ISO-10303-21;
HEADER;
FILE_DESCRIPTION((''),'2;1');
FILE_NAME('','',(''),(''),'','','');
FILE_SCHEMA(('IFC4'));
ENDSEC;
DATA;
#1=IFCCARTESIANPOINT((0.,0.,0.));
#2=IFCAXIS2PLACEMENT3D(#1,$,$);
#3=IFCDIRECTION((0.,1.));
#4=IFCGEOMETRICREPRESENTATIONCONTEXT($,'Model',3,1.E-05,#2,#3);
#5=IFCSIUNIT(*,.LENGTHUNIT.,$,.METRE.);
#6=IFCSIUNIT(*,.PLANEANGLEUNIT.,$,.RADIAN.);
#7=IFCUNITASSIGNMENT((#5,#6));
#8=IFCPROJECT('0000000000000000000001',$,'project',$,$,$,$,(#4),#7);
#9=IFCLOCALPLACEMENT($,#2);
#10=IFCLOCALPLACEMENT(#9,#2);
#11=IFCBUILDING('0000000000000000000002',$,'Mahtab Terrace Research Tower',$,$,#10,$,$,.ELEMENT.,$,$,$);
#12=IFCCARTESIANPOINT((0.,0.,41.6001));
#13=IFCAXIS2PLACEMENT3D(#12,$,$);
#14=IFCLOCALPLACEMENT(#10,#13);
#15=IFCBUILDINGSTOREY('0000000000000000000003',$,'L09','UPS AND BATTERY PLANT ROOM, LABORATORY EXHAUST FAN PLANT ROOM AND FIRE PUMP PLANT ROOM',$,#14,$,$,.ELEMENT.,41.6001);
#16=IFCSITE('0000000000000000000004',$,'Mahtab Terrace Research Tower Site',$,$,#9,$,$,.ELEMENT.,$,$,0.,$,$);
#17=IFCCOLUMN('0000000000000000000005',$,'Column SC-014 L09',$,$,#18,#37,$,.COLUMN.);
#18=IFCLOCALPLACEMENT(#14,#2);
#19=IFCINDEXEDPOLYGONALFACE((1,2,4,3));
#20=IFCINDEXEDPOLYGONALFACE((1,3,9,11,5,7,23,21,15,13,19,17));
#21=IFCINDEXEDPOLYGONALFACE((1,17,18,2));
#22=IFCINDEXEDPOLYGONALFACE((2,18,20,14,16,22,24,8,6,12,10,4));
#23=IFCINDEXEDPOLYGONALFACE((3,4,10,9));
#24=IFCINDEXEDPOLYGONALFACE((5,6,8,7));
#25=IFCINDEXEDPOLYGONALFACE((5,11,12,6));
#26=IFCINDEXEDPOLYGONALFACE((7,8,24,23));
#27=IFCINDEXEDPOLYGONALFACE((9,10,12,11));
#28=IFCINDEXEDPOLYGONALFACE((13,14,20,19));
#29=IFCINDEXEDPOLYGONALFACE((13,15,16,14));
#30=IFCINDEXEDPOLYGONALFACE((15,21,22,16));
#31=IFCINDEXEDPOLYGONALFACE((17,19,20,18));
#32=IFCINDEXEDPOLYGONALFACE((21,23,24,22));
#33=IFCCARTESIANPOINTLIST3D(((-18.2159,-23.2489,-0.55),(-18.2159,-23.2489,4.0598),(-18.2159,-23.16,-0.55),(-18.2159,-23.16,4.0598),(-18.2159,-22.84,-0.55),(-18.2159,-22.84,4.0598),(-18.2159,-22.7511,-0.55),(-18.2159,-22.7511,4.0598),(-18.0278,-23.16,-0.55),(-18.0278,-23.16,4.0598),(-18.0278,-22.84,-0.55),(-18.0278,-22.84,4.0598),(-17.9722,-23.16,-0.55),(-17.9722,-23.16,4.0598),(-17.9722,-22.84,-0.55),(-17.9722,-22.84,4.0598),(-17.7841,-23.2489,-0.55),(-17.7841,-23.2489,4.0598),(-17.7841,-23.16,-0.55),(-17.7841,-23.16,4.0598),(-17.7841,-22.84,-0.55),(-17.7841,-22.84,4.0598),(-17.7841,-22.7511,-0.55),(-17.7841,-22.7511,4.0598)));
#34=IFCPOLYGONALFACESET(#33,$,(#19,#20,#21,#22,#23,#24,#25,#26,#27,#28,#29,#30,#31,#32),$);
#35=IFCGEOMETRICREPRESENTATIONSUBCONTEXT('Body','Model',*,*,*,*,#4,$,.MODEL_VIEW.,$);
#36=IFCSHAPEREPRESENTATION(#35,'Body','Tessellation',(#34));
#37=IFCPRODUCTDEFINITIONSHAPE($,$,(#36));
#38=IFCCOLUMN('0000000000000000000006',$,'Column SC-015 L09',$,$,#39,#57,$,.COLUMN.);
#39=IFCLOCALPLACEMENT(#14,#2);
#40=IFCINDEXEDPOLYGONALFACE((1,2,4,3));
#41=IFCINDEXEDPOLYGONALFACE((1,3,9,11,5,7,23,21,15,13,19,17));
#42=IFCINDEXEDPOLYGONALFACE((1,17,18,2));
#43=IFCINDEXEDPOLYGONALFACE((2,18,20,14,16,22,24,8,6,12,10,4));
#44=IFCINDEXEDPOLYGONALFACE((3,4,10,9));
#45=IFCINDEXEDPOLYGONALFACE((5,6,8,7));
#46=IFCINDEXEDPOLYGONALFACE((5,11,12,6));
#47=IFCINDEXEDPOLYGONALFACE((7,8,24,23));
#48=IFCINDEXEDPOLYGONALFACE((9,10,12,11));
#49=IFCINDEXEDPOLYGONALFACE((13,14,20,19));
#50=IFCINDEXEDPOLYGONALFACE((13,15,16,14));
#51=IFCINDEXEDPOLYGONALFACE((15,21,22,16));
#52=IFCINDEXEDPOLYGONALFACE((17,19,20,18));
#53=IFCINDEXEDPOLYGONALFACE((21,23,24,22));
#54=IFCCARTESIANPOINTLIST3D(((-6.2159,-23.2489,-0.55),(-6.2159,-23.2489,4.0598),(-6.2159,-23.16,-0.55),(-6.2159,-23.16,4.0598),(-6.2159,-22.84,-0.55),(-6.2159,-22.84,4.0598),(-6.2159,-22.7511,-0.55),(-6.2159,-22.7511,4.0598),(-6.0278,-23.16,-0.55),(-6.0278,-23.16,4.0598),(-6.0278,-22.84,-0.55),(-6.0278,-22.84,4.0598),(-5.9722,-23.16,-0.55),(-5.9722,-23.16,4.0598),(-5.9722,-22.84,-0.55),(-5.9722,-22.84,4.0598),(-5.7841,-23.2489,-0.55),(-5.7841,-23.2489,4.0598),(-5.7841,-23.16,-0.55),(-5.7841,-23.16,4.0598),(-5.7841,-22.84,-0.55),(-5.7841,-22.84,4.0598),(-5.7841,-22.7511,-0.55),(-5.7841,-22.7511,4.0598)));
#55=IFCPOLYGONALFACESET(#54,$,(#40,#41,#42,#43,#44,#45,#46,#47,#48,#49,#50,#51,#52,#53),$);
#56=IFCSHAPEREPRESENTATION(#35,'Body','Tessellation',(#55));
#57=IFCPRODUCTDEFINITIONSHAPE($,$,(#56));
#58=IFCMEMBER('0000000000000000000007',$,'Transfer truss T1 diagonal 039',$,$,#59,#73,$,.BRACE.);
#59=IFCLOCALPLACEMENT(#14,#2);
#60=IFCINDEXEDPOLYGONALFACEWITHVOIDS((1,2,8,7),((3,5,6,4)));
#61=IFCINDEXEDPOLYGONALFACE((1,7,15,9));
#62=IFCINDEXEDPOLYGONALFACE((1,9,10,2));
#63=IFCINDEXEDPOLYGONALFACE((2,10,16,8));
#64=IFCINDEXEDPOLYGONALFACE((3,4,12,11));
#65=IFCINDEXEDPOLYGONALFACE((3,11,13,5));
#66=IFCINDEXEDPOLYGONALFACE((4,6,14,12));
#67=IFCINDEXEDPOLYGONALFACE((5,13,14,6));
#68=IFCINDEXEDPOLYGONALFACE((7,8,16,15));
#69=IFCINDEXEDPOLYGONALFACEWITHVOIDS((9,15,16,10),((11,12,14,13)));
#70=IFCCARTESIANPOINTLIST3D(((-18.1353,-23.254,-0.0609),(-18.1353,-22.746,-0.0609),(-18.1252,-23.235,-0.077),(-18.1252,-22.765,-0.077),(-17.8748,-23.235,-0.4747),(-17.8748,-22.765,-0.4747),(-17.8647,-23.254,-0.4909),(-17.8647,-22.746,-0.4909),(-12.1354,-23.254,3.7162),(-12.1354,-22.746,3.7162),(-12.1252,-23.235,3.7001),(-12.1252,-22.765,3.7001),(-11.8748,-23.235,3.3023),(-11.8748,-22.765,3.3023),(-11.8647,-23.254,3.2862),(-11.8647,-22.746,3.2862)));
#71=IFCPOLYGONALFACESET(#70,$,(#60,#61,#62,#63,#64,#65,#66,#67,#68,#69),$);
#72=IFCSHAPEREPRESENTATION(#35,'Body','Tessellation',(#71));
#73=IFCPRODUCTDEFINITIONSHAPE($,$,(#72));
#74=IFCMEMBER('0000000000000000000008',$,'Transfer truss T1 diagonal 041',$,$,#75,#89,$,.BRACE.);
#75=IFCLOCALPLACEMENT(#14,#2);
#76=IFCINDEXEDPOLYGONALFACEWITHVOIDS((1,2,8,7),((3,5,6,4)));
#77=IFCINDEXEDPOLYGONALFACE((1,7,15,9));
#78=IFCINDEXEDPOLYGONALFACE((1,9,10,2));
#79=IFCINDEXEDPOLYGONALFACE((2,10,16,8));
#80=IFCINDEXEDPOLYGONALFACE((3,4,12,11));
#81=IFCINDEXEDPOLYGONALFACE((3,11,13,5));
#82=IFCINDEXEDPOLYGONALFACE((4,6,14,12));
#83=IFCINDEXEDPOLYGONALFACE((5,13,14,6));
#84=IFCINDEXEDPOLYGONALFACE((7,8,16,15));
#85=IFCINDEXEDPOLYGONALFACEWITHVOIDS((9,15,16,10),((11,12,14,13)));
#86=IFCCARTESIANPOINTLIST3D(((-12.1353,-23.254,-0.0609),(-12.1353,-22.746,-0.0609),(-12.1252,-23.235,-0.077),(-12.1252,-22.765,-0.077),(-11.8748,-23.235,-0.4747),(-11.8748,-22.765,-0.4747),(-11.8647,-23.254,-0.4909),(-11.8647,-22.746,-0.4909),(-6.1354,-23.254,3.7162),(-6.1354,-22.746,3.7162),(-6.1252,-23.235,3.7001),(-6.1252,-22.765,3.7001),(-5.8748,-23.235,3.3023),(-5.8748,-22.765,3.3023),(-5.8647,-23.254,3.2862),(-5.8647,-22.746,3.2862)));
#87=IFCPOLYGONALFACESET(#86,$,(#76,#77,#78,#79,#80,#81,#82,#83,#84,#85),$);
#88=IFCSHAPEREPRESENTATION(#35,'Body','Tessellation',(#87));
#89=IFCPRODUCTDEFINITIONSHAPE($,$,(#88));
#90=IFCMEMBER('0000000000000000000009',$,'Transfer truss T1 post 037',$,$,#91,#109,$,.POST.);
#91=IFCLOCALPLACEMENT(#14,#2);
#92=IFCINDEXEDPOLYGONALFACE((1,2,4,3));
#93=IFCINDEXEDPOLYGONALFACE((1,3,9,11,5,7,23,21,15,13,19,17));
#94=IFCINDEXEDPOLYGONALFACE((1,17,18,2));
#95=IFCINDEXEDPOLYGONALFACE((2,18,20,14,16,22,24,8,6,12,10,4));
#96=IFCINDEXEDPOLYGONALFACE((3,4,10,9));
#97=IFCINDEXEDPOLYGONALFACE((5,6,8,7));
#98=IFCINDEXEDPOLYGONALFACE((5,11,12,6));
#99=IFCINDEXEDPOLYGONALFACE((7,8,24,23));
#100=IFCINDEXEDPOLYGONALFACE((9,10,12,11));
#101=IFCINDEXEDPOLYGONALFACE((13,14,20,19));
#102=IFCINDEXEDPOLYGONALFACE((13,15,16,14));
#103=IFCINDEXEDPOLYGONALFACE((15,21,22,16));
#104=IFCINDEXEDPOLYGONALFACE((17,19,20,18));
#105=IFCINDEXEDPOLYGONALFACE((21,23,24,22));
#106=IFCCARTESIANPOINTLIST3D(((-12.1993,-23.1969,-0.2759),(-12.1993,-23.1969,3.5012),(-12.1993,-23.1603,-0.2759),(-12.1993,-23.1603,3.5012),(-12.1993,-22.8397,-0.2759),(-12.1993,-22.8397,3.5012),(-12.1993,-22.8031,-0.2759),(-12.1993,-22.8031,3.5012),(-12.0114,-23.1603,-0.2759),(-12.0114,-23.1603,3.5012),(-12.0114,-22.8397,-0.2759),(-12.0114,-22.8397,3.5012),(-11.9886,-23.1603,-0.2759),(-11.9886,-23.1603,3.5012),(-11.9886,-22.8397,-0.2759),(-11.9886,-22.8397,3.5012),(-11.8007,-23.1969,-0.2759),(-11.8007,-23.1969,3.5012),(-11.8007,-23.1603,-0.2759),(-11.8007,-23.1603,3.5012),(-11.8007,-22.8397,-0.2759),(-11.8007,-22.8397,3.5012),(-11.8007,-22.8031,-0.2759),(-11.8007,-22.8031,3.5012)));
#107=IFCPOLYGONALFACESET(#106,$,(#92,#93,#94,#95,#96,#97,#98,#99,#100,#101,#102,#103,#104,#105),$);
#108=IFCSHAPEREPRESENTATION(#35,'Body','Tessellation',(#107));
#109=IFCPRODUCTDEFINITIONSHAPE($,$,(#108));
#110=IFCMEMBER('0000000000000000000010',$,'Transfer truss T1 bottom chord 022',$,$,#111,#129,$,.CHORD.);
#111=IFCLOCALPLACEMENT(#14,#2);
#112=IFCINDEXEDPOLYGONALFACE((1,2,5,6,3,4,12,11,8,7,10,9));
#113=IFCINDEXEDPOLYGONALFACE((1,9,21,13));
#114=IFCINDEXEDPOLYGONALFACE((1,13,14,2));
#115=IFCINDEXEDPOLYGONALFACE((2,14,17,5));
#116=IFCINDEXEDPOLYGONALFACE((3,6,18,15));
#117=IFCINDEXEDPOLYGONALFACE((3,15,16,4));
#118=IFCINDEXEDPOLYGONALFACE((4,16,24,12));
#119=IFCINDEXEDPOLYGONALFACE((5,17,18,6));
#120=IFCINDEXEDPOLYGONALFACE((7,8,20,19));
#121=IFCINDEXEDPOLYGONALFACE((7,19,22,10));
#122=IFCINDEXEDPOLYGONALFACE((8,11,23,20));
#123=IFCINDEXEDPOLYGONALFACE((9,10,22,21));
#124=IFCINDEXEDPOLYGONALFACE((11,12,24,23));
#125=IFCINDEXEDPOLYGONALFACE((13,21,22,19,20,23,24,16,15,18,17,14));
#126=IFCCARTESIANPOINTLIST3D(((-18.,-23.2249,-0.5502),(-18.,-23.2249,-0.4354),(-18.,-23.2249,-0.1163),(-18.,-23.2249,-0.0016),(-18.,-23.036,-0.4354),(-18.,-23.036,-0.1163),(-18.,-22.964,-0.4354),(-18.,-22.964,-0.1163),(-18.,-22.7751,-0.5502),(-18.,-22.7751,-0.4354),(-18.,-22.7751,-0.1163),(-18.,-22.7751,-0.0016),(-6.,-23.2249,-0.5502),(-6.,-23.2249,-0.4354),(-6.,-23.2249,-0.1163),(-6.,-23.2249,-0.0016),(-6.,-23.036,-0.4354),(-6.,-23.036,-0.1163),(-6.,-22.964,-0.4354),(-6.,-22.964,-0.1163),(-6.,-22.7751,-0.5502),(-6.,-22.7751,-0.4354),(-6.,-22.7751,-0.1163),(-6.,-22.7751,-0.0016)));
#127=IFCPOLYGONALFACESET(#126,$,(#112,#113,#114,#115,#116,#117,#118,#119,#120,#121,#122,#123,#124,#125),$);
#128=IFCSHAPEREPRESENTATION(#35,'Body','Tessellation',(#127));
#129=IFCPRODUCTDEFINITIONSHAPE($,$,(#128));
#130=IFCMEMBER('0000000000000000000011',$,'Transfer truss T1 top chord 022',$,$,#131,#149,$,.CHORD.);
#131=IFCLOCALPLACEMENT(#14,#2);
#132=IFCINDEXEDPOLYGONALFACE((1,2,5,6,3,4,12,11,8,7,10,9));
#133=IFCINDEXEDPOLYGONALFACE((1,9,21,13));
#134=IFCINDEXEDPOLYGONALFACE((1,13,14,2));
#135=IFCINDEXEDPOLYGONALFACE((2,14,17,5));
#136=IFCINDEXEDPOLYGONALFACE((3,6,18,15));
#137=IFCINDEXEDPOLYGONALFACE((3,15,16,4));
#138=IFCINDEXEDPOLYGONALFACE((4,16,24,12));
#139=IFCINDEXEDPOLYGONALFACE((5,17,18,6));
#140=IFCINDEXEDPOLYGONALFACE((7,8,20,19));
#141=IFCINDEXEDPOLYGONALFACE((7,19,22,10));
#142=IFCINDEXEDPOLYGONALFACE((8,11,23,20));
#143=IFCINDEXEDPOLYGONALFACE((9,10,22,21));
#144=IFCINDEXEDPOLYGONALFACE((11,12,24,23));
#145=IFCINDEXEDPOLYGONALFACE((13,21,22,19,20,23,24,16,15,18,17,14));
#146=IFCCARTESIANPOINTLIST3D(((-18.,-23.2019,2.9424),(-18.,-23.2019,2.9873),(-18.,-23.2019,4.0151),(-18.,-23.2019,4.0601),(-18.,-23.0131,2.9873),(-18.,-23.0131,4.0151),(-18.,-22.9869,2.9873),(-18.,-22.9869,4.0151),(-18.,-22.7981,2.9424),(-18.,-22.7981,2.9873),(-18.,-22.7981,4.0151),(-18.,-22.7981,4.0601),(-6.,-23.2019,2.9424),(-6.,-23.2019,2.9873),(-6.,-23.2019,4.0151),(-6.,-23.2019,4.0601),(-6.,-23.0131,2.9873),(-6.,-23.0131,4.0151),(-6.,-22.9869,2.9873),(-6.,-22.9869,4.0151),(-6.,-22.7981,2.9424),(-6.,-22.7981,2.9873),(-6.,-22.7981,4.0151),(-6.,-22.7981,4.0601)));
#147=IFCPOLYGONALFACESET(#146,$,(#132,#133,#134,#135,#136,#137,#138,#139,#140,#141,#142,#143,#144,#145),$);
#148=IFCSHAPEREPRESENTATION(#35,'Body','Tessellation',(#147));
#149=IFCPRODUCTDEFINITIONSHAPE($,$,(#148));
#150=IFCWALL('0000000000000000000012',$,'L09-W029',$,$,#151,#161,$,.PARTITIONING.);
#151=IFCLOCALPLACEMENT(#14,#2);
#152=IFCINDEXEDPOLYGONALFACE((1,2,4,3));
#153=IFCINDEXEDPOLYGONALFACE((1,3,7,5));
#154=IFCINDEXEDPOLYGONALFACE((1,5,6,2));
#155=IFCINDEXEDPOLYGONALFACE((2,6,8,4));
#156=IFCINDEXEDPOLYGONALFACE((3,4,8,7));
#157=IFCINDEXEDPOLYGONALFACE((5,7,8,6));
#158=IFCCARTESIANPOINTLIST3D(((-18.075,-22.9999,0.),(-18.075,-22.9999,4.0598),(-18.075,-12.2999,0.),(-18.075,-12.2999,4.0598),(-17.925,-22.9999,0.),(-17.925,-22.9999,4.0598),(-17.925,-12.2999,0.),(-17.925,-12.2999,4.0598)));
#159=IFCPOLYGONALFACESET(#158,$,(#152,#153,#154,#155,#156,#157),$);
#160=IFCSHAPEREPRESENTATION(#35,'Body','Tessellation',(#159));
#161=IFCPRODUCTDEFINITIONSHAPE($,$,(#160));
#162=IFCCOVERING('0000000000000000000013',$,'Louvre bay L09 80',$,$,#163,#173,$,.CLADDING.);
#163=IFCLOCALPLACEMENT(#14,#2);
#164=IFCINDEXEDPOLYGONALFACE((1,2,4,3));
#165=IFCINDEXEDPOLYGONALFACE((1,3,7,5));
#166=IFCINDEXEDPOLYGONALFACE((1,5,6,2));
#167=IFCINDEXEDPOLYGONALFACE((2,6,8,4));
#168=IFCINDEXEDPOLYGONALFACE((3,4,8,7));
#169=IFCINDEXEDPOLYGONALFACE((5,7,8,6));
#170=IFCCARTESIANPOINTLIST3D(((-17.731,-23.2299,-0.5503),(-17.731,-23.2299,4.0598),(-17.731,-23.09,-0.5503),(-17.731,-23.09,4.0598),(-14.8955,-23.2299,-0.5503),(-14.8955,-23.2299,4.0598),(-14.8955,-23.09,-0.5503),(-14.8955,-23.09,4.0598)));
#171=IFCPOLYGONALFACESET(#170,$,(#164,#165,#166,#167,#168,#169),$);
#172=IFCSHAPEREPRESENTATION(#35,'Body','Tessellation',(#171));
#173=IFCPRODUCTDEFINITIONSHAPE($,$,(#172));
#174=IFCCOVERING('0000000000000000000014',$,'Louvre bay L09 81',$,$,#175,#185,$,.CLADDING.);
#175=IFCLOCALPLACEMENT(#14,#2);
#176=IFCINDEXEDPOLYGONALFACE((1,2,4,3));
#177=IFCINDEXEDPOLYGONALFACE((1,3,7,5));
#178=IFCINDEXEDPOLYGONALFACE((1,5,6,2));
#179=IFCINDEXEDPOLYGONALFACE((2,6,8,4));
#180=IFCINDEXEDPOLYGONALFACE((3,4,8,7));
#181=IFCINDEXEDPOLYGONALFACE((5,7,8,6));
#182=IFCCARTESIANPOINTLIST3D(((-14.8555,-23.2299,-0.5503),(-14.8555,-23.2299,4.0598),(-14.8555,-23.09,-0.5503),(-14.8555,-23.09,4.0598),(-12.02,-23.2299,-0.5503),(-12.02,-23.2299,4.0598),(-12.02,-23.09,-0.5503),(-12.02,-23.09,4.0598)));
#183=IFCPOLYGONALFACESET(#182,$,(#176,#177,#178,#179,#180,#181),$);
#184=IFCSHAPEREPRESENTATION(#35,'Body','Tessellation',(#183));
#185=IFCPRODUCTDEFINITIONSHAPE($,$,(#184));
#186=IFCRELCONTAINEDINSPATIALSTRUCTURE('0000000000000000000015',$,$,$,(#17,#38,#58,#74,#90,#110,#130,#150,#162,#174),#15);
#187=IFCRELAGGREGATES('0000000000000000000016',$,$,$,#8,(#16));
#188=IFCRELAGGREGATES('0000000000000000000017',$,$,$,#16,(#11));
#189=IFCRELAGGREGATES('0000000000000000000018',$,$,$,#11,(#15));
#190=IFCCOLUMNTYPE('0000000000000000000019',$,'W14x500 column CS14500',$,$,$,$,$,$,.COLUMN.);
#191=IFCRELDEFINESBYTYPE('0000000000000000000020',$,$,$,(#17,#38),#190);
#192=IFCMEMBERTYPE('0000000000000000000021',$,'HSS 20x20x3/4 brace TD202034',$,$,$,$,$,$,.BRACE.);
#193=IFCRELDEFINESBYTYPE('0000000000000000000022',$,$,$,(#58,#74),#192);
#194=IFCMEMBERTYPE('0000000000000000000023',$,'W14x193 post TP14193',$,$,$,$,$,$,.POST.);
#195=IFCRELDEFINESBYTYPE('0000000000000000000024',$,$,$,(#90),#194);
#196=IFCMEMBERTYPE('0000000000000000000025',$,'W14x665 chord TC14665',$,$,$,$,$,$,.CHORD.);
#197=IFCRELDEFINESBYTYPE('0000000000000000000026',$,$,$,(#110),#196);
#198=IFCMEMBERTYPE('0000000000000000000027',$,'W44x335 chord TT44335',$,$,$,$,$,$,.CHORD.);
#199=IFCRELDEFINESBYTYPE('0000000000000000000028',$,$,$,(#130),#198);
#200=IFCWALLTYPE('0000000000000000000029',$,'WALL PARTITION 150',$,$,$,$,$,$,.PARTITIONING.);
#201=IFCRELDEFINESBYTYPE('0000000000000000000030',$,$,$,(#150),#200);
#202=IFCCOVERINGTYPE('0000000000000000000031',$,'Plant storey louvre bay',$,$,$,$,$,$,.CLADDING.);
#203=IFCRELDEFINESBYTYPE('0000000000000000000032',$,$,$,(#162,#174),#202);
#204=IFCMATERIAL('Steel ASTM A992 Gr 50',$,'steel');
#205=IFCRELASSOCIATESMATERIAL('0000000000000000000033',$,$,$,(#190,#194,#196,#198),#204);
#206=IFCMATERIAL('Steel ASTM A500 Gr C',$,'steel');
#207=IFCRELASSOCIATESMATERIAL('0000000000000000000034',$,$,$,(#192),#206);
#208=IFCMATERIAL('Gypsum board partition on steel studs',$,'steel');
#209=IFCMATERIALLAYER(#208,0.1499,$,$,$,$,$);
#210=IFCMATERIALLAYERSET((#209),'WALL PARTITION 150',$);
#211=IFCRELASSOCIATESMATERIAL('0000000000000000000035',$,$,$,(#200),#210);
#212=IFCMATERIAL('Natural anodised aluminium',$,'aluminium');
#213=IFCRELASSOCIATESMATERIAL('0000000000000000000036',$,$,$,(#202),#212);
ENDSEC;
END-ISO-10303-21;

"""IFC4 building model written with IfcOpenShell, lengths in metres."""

from ifc_helpers import new_model, si_unit, direction, frame, frame_2d, origin, origin_2d, place, context, subcontext, project, spatial, rectangle, hollow_rectangle, i_section, extrude, material, layer, layer_set, material_profile, profile_set, type_object, element, save


model = new_model("IFC4")

# Units and contexts
model_context = context("Model", 3, precision=1e-05, world=origin(), true_north=direction((0.0, 1.0)))
body_context = subcontext(model_context, "Body", "Model", "MODEL_VIEW")
ifc_project = project(units=[si_unit("LENGTHUNIT", "METRE"), si_unit("PLANEANGLEUNIT", "RADIAN")], contexts=[model_context])

# Site, building, storey
site_placement = place(None, origin())
site = spatial("IfcSite", under=ifc_project, at=site_placement, Name="Mahtab Terrace Research Tower Site", CompositionType="ELEMENT", RefElevation=0.0)
building_placement = place(site_placement, origin())
building = spatial("IfcBuilding", under=site, at=building_placement, Name="Mahtab Terrace Research Tower", CompositionType="ELEMENT")
storey_placement = place(building_placement, frame((0.0, 0.0, 41.6001)))
storey = spatial("IfcBuildingStorey", under=building, at=storey_placement, Name="L09", Description="UPS AND BATTERY PLANT ROOM, LABORATORY EXHAUST FAN PLANT ROOM AND FIRE PUMP PLANT ROOM", CompositionType="ELEMENT", Elevation=41.6001)

# Columns
ifc_material_1 = material(Name="Steel ASTM A992 Gr 50", Category="steel")
ifc_material_profile_1 = material_profile(ifc_material_1, i_section(OverallWidth=0.4319, OverallDepth=0.4978, WebThickness=0.0557, FlangeThickness=0.0889, at=origin_2d()), Name="W14X500")
ifc_profile_set_1 = profile_set([ifc_material_profile_1], Name="Steel ASTM A992 Gr 50")
column_type = type_object("IfcColumnType", Name="W14x500 column CS14500", PredefinedType="COLUMN", material=ifc_profile_set_1)
for number, where, z_axis, x_axis, name in (
    (1, (-18.0, -23.0, -0.55), (0.0, 0.0, 1.0), (1.0, 0.0, 0.0), "Column SC-014 L09"),
    (2, (-6.0, -23.0, -0.55), (0.0, 0.0, 1.0), (1.0, 0.0, 0.0), "Column SC-015 L09"),
):
    element("IfcColumn", number, at=place(storey_placement, frame(where, z_axis=z_axis, x_axis=x_axis)), inside=storey, type_object=column_type, Name=name, PredefinedType="COLUMN", context=body_context, shape_type="SweptSolid", body=[
        extrude(i_section(OverallWidth=0.4319, OverallDepth=0.4978, WebThickness=0.0557, FlangeThickness=0.0889, at=origin_2d()), origin(), (0.0, 0.0, 1.0), 4.6099),
    ])

# Members
ifc_material_2 = material(Name="Steel ASTM A500 Gr C", Category="steel")
ifc_material_profile_2 = material_profile(ifc_material_2, hollow_rectangle(XDim=0.5081, YDim=0.5081, WallThickness=0.019, at=origin_2d()), Name="HSS20X20X3/4")
ifc_profile_set_2 = profile_set([ifc_material_profile_2], Name="Steel ASTM A500 Gr C")
member_type_1 = type_object("IfcMemberType", Name="HSS 20x20x3/4 brace TD202034", PredefinedType="BRACE", material=ifc_profile_set_2)
for number, where, z_axis, x_axis, name in (
    (3, (-18.0, -23.0, -0.2759), (0.846276, 0.0, 0.532745), (0.0, 1.0, 0.0), "Transfer truss T1 diagonal 039"),
    (4, (-12.0, -23.0, -0.2759), (0.846276, 0.0, 0.532745), (0.0, 1.0, 0.0), "Transfer truss T1 diagonal 041"),
):
    element("IfcMember", number, at=place(storey_placement, frame(where, z_axis=z_axis, x_axis=x_axis)), inside=storey, type_object=member_type_1, Name=name, PredefinedType="BRACE", context=body_context, shape_type="SweptSolid", body=[
        extrude(hollow_rectangle(XDim=0.5081, YDim=0.5081, WallThickness=0.019, at=origin_2d()), origin(), (0.0, 0.0, 1.0), 7.0898),
    ])
ifc_material_profile_3 = material_profile(ifc_material_1, i_section(OverallWidth=0.3987, OverallDepth=0.3938, WebThickness=0.0227, FlangeThickness=0.0366, at=origin_2d()), Name="W14X193")
ifc_profile_set_3 = profile_set([ifc_material_profile_3], Name="Steel ASTM A992 Gr 50")
member_type_2 = type_object("IfcMemberType", Name="W14x193 post TP14193", PredefinedType="POST", material=ifc_profile_set_3)
member_1_placement = place(storey_placement, frame((-12.0, -23.0, -0.2759), z_axis=(0.0, 0.0, 1.0), x_axis=(1.0, 0.0, 0.0)))
element("IfcMember", 5, at=member_1_placement, inside=storey, type_object=member_type_2, Name="Transfer truss T1 post 037", PredefinedType="POST", context=body_context, shape_type="SweptSolid", body=[
    extrude(i_section(OverallWidth=0.3987, OverallDepth=0.3938, WebThickness=0.0227, FlangeThickness=0.0366, at=origin_2d()), origin(), (0.0, 0.0, 1.0), 3.7771),
])
ifc_material_profile_4 = material_profile(ifc_material_1, i_section(OverallWidth=0.4497, OverallDepth=0.5486, WebThickness=0.072, FlangeThickness=0.1147, at=origin_2d()), Name="W14X665")
ifc_profile_set_4 = profile_set([ifc_material_profile_4], Name="Steel ASTM A992 Gr 50")
member_type_3 = type_object("IfcMemberType", Name="W14x665 chord TC14665", PredefinedType="CHORD", material=ifc_profile_set_4)
member_2_placement = place(storey_placement, frame((-18.0, -23.0, -0.2759), z_axis=(1.0, 0.0, 0.0), x_axis=(0.0, 1.0, 0.0)))
element("IfcMember", 6, at=member_2_placement, inside=storey, type_object=member_type_3, Name="Transfer truss T1 bottom chord 022", PredefinedType="CHORD", context=body_context, shape_type="SweptSolid", body=[
    extrude(i_section(OverallWidth=0.4497, OverallDepth=0.5486, WebThickness=0.072, FlangeThickness=0.1147, at=origin_2d()), origin(), (0.0, 0.0, 1.0), 12.0),
])
ifc_material_profile_5 = material_profile(ifc_material_1, i_section(OverallWidth=0.4038, OverallDepth=1.1177, WebThickness=0.0261, FlangeThickness=0.0449, at=origin_2d()), Name="W44X335")
ifc_profile_set_5 = profile_set([ifc_material_profile_5], Name="Steel ASTM A992 Gr 50")
member_type_4 = type_object("IfcMemberType", Name="W44x335 chord TT44335", PredefinedType="CHORD", material=ifc_profile_set_5)
member_3_placement = place(storey_placement, frame((-18.0, -23.0, 3.5012), z_axis=(1.0, 0.0, 0.0), x_axis=(0.0, 1.0, 0.0)))
element("IfcMember", 7, at=member_3_placement, inside=storey, type_object=member_type_4, Name="Transfer truss T1 top chord 022", PredefinedType="CHORD", context=body_context, shape_type="SweptSolid", body=[
    extrude(i_section(OverallWidth=0.4038, OverallDepth=1.1177, WebThickness=0.0261, FlangeThickness=0.0449, at=origin_2d()), origin(), (0.0, 0.0, 1.0), 12.0),
])

# Wall
ifc_material_3 = material(Name="Gypsum board partition on steel studs", Category="steel")
ifc_layer_1 = layer(ifc_material_3, 0.1499)
ifc_layer_set_1 = layer_set([ifc_layer_1], Name="WALL PARTITION 150")
wall_type = type_object("IfcWallType", Name="WALL PARTITION 150", PredefinedType="PARTITIONING", material=ifc_layer_set_1)
wall_placement = place(storey_placement, frame((-18.0, -23.0, 0.0), z_axis=(0.0, 0.0, 1.0), x_axis=(0.0, 1.0, 0.0)))
element("IfcWall", 8, at=wall_placement, inside=storey, type_object=wall_type, Name="L09-W029", PredefinedType="PARTITIONING", context=body_context, shape_type="SweptSolid", body=[
    extrude(rectangle(XDim=10.7, YDim=0.1499, at=frame_2d((5.3501, 0.0))), origin(), (0.0, 0.0, 1.0), 4.0598),
])

# Coverings
ifc_material_4 = material(Name="Natural anodised aluminium", Category="aluminium")
covering_type = type_object("IfcCoveringType", Name="Plant storey louvre bay", PredefinedType="CLADDING", material=ifc_material_4)
for number, where, z_axis, x_axis, name in (
    (9, (-16.3132, -23.1599, -0.5503), (0.0, 0.0, 1.0), (1.0, 0.0, 0.0), "Louvre bay L09 80"),
    (10, (-13.4377, -23.1599, -0.5503), (0.0, 0.0, 1.0), (1.0, 0.0, 0.0), "Louvre bay L09 81"),
):
    element("IfcCovering", number, at=place(storey_placement, frame(where, z_axis=z_axis, x_axis=x_axis)), inside=storey, type_object=covering_type, Name=name, PredefinedType="CLADDING", context=body_context, shape_type="SweptSolid", body=[
        extrude(rectangle(XDim=2.8354, YDim=0.1399, at=origin_2d()), origin(), (0.0, 0.0, 1.0), 4.6101),
    ])

save(model, "model.ifc")
